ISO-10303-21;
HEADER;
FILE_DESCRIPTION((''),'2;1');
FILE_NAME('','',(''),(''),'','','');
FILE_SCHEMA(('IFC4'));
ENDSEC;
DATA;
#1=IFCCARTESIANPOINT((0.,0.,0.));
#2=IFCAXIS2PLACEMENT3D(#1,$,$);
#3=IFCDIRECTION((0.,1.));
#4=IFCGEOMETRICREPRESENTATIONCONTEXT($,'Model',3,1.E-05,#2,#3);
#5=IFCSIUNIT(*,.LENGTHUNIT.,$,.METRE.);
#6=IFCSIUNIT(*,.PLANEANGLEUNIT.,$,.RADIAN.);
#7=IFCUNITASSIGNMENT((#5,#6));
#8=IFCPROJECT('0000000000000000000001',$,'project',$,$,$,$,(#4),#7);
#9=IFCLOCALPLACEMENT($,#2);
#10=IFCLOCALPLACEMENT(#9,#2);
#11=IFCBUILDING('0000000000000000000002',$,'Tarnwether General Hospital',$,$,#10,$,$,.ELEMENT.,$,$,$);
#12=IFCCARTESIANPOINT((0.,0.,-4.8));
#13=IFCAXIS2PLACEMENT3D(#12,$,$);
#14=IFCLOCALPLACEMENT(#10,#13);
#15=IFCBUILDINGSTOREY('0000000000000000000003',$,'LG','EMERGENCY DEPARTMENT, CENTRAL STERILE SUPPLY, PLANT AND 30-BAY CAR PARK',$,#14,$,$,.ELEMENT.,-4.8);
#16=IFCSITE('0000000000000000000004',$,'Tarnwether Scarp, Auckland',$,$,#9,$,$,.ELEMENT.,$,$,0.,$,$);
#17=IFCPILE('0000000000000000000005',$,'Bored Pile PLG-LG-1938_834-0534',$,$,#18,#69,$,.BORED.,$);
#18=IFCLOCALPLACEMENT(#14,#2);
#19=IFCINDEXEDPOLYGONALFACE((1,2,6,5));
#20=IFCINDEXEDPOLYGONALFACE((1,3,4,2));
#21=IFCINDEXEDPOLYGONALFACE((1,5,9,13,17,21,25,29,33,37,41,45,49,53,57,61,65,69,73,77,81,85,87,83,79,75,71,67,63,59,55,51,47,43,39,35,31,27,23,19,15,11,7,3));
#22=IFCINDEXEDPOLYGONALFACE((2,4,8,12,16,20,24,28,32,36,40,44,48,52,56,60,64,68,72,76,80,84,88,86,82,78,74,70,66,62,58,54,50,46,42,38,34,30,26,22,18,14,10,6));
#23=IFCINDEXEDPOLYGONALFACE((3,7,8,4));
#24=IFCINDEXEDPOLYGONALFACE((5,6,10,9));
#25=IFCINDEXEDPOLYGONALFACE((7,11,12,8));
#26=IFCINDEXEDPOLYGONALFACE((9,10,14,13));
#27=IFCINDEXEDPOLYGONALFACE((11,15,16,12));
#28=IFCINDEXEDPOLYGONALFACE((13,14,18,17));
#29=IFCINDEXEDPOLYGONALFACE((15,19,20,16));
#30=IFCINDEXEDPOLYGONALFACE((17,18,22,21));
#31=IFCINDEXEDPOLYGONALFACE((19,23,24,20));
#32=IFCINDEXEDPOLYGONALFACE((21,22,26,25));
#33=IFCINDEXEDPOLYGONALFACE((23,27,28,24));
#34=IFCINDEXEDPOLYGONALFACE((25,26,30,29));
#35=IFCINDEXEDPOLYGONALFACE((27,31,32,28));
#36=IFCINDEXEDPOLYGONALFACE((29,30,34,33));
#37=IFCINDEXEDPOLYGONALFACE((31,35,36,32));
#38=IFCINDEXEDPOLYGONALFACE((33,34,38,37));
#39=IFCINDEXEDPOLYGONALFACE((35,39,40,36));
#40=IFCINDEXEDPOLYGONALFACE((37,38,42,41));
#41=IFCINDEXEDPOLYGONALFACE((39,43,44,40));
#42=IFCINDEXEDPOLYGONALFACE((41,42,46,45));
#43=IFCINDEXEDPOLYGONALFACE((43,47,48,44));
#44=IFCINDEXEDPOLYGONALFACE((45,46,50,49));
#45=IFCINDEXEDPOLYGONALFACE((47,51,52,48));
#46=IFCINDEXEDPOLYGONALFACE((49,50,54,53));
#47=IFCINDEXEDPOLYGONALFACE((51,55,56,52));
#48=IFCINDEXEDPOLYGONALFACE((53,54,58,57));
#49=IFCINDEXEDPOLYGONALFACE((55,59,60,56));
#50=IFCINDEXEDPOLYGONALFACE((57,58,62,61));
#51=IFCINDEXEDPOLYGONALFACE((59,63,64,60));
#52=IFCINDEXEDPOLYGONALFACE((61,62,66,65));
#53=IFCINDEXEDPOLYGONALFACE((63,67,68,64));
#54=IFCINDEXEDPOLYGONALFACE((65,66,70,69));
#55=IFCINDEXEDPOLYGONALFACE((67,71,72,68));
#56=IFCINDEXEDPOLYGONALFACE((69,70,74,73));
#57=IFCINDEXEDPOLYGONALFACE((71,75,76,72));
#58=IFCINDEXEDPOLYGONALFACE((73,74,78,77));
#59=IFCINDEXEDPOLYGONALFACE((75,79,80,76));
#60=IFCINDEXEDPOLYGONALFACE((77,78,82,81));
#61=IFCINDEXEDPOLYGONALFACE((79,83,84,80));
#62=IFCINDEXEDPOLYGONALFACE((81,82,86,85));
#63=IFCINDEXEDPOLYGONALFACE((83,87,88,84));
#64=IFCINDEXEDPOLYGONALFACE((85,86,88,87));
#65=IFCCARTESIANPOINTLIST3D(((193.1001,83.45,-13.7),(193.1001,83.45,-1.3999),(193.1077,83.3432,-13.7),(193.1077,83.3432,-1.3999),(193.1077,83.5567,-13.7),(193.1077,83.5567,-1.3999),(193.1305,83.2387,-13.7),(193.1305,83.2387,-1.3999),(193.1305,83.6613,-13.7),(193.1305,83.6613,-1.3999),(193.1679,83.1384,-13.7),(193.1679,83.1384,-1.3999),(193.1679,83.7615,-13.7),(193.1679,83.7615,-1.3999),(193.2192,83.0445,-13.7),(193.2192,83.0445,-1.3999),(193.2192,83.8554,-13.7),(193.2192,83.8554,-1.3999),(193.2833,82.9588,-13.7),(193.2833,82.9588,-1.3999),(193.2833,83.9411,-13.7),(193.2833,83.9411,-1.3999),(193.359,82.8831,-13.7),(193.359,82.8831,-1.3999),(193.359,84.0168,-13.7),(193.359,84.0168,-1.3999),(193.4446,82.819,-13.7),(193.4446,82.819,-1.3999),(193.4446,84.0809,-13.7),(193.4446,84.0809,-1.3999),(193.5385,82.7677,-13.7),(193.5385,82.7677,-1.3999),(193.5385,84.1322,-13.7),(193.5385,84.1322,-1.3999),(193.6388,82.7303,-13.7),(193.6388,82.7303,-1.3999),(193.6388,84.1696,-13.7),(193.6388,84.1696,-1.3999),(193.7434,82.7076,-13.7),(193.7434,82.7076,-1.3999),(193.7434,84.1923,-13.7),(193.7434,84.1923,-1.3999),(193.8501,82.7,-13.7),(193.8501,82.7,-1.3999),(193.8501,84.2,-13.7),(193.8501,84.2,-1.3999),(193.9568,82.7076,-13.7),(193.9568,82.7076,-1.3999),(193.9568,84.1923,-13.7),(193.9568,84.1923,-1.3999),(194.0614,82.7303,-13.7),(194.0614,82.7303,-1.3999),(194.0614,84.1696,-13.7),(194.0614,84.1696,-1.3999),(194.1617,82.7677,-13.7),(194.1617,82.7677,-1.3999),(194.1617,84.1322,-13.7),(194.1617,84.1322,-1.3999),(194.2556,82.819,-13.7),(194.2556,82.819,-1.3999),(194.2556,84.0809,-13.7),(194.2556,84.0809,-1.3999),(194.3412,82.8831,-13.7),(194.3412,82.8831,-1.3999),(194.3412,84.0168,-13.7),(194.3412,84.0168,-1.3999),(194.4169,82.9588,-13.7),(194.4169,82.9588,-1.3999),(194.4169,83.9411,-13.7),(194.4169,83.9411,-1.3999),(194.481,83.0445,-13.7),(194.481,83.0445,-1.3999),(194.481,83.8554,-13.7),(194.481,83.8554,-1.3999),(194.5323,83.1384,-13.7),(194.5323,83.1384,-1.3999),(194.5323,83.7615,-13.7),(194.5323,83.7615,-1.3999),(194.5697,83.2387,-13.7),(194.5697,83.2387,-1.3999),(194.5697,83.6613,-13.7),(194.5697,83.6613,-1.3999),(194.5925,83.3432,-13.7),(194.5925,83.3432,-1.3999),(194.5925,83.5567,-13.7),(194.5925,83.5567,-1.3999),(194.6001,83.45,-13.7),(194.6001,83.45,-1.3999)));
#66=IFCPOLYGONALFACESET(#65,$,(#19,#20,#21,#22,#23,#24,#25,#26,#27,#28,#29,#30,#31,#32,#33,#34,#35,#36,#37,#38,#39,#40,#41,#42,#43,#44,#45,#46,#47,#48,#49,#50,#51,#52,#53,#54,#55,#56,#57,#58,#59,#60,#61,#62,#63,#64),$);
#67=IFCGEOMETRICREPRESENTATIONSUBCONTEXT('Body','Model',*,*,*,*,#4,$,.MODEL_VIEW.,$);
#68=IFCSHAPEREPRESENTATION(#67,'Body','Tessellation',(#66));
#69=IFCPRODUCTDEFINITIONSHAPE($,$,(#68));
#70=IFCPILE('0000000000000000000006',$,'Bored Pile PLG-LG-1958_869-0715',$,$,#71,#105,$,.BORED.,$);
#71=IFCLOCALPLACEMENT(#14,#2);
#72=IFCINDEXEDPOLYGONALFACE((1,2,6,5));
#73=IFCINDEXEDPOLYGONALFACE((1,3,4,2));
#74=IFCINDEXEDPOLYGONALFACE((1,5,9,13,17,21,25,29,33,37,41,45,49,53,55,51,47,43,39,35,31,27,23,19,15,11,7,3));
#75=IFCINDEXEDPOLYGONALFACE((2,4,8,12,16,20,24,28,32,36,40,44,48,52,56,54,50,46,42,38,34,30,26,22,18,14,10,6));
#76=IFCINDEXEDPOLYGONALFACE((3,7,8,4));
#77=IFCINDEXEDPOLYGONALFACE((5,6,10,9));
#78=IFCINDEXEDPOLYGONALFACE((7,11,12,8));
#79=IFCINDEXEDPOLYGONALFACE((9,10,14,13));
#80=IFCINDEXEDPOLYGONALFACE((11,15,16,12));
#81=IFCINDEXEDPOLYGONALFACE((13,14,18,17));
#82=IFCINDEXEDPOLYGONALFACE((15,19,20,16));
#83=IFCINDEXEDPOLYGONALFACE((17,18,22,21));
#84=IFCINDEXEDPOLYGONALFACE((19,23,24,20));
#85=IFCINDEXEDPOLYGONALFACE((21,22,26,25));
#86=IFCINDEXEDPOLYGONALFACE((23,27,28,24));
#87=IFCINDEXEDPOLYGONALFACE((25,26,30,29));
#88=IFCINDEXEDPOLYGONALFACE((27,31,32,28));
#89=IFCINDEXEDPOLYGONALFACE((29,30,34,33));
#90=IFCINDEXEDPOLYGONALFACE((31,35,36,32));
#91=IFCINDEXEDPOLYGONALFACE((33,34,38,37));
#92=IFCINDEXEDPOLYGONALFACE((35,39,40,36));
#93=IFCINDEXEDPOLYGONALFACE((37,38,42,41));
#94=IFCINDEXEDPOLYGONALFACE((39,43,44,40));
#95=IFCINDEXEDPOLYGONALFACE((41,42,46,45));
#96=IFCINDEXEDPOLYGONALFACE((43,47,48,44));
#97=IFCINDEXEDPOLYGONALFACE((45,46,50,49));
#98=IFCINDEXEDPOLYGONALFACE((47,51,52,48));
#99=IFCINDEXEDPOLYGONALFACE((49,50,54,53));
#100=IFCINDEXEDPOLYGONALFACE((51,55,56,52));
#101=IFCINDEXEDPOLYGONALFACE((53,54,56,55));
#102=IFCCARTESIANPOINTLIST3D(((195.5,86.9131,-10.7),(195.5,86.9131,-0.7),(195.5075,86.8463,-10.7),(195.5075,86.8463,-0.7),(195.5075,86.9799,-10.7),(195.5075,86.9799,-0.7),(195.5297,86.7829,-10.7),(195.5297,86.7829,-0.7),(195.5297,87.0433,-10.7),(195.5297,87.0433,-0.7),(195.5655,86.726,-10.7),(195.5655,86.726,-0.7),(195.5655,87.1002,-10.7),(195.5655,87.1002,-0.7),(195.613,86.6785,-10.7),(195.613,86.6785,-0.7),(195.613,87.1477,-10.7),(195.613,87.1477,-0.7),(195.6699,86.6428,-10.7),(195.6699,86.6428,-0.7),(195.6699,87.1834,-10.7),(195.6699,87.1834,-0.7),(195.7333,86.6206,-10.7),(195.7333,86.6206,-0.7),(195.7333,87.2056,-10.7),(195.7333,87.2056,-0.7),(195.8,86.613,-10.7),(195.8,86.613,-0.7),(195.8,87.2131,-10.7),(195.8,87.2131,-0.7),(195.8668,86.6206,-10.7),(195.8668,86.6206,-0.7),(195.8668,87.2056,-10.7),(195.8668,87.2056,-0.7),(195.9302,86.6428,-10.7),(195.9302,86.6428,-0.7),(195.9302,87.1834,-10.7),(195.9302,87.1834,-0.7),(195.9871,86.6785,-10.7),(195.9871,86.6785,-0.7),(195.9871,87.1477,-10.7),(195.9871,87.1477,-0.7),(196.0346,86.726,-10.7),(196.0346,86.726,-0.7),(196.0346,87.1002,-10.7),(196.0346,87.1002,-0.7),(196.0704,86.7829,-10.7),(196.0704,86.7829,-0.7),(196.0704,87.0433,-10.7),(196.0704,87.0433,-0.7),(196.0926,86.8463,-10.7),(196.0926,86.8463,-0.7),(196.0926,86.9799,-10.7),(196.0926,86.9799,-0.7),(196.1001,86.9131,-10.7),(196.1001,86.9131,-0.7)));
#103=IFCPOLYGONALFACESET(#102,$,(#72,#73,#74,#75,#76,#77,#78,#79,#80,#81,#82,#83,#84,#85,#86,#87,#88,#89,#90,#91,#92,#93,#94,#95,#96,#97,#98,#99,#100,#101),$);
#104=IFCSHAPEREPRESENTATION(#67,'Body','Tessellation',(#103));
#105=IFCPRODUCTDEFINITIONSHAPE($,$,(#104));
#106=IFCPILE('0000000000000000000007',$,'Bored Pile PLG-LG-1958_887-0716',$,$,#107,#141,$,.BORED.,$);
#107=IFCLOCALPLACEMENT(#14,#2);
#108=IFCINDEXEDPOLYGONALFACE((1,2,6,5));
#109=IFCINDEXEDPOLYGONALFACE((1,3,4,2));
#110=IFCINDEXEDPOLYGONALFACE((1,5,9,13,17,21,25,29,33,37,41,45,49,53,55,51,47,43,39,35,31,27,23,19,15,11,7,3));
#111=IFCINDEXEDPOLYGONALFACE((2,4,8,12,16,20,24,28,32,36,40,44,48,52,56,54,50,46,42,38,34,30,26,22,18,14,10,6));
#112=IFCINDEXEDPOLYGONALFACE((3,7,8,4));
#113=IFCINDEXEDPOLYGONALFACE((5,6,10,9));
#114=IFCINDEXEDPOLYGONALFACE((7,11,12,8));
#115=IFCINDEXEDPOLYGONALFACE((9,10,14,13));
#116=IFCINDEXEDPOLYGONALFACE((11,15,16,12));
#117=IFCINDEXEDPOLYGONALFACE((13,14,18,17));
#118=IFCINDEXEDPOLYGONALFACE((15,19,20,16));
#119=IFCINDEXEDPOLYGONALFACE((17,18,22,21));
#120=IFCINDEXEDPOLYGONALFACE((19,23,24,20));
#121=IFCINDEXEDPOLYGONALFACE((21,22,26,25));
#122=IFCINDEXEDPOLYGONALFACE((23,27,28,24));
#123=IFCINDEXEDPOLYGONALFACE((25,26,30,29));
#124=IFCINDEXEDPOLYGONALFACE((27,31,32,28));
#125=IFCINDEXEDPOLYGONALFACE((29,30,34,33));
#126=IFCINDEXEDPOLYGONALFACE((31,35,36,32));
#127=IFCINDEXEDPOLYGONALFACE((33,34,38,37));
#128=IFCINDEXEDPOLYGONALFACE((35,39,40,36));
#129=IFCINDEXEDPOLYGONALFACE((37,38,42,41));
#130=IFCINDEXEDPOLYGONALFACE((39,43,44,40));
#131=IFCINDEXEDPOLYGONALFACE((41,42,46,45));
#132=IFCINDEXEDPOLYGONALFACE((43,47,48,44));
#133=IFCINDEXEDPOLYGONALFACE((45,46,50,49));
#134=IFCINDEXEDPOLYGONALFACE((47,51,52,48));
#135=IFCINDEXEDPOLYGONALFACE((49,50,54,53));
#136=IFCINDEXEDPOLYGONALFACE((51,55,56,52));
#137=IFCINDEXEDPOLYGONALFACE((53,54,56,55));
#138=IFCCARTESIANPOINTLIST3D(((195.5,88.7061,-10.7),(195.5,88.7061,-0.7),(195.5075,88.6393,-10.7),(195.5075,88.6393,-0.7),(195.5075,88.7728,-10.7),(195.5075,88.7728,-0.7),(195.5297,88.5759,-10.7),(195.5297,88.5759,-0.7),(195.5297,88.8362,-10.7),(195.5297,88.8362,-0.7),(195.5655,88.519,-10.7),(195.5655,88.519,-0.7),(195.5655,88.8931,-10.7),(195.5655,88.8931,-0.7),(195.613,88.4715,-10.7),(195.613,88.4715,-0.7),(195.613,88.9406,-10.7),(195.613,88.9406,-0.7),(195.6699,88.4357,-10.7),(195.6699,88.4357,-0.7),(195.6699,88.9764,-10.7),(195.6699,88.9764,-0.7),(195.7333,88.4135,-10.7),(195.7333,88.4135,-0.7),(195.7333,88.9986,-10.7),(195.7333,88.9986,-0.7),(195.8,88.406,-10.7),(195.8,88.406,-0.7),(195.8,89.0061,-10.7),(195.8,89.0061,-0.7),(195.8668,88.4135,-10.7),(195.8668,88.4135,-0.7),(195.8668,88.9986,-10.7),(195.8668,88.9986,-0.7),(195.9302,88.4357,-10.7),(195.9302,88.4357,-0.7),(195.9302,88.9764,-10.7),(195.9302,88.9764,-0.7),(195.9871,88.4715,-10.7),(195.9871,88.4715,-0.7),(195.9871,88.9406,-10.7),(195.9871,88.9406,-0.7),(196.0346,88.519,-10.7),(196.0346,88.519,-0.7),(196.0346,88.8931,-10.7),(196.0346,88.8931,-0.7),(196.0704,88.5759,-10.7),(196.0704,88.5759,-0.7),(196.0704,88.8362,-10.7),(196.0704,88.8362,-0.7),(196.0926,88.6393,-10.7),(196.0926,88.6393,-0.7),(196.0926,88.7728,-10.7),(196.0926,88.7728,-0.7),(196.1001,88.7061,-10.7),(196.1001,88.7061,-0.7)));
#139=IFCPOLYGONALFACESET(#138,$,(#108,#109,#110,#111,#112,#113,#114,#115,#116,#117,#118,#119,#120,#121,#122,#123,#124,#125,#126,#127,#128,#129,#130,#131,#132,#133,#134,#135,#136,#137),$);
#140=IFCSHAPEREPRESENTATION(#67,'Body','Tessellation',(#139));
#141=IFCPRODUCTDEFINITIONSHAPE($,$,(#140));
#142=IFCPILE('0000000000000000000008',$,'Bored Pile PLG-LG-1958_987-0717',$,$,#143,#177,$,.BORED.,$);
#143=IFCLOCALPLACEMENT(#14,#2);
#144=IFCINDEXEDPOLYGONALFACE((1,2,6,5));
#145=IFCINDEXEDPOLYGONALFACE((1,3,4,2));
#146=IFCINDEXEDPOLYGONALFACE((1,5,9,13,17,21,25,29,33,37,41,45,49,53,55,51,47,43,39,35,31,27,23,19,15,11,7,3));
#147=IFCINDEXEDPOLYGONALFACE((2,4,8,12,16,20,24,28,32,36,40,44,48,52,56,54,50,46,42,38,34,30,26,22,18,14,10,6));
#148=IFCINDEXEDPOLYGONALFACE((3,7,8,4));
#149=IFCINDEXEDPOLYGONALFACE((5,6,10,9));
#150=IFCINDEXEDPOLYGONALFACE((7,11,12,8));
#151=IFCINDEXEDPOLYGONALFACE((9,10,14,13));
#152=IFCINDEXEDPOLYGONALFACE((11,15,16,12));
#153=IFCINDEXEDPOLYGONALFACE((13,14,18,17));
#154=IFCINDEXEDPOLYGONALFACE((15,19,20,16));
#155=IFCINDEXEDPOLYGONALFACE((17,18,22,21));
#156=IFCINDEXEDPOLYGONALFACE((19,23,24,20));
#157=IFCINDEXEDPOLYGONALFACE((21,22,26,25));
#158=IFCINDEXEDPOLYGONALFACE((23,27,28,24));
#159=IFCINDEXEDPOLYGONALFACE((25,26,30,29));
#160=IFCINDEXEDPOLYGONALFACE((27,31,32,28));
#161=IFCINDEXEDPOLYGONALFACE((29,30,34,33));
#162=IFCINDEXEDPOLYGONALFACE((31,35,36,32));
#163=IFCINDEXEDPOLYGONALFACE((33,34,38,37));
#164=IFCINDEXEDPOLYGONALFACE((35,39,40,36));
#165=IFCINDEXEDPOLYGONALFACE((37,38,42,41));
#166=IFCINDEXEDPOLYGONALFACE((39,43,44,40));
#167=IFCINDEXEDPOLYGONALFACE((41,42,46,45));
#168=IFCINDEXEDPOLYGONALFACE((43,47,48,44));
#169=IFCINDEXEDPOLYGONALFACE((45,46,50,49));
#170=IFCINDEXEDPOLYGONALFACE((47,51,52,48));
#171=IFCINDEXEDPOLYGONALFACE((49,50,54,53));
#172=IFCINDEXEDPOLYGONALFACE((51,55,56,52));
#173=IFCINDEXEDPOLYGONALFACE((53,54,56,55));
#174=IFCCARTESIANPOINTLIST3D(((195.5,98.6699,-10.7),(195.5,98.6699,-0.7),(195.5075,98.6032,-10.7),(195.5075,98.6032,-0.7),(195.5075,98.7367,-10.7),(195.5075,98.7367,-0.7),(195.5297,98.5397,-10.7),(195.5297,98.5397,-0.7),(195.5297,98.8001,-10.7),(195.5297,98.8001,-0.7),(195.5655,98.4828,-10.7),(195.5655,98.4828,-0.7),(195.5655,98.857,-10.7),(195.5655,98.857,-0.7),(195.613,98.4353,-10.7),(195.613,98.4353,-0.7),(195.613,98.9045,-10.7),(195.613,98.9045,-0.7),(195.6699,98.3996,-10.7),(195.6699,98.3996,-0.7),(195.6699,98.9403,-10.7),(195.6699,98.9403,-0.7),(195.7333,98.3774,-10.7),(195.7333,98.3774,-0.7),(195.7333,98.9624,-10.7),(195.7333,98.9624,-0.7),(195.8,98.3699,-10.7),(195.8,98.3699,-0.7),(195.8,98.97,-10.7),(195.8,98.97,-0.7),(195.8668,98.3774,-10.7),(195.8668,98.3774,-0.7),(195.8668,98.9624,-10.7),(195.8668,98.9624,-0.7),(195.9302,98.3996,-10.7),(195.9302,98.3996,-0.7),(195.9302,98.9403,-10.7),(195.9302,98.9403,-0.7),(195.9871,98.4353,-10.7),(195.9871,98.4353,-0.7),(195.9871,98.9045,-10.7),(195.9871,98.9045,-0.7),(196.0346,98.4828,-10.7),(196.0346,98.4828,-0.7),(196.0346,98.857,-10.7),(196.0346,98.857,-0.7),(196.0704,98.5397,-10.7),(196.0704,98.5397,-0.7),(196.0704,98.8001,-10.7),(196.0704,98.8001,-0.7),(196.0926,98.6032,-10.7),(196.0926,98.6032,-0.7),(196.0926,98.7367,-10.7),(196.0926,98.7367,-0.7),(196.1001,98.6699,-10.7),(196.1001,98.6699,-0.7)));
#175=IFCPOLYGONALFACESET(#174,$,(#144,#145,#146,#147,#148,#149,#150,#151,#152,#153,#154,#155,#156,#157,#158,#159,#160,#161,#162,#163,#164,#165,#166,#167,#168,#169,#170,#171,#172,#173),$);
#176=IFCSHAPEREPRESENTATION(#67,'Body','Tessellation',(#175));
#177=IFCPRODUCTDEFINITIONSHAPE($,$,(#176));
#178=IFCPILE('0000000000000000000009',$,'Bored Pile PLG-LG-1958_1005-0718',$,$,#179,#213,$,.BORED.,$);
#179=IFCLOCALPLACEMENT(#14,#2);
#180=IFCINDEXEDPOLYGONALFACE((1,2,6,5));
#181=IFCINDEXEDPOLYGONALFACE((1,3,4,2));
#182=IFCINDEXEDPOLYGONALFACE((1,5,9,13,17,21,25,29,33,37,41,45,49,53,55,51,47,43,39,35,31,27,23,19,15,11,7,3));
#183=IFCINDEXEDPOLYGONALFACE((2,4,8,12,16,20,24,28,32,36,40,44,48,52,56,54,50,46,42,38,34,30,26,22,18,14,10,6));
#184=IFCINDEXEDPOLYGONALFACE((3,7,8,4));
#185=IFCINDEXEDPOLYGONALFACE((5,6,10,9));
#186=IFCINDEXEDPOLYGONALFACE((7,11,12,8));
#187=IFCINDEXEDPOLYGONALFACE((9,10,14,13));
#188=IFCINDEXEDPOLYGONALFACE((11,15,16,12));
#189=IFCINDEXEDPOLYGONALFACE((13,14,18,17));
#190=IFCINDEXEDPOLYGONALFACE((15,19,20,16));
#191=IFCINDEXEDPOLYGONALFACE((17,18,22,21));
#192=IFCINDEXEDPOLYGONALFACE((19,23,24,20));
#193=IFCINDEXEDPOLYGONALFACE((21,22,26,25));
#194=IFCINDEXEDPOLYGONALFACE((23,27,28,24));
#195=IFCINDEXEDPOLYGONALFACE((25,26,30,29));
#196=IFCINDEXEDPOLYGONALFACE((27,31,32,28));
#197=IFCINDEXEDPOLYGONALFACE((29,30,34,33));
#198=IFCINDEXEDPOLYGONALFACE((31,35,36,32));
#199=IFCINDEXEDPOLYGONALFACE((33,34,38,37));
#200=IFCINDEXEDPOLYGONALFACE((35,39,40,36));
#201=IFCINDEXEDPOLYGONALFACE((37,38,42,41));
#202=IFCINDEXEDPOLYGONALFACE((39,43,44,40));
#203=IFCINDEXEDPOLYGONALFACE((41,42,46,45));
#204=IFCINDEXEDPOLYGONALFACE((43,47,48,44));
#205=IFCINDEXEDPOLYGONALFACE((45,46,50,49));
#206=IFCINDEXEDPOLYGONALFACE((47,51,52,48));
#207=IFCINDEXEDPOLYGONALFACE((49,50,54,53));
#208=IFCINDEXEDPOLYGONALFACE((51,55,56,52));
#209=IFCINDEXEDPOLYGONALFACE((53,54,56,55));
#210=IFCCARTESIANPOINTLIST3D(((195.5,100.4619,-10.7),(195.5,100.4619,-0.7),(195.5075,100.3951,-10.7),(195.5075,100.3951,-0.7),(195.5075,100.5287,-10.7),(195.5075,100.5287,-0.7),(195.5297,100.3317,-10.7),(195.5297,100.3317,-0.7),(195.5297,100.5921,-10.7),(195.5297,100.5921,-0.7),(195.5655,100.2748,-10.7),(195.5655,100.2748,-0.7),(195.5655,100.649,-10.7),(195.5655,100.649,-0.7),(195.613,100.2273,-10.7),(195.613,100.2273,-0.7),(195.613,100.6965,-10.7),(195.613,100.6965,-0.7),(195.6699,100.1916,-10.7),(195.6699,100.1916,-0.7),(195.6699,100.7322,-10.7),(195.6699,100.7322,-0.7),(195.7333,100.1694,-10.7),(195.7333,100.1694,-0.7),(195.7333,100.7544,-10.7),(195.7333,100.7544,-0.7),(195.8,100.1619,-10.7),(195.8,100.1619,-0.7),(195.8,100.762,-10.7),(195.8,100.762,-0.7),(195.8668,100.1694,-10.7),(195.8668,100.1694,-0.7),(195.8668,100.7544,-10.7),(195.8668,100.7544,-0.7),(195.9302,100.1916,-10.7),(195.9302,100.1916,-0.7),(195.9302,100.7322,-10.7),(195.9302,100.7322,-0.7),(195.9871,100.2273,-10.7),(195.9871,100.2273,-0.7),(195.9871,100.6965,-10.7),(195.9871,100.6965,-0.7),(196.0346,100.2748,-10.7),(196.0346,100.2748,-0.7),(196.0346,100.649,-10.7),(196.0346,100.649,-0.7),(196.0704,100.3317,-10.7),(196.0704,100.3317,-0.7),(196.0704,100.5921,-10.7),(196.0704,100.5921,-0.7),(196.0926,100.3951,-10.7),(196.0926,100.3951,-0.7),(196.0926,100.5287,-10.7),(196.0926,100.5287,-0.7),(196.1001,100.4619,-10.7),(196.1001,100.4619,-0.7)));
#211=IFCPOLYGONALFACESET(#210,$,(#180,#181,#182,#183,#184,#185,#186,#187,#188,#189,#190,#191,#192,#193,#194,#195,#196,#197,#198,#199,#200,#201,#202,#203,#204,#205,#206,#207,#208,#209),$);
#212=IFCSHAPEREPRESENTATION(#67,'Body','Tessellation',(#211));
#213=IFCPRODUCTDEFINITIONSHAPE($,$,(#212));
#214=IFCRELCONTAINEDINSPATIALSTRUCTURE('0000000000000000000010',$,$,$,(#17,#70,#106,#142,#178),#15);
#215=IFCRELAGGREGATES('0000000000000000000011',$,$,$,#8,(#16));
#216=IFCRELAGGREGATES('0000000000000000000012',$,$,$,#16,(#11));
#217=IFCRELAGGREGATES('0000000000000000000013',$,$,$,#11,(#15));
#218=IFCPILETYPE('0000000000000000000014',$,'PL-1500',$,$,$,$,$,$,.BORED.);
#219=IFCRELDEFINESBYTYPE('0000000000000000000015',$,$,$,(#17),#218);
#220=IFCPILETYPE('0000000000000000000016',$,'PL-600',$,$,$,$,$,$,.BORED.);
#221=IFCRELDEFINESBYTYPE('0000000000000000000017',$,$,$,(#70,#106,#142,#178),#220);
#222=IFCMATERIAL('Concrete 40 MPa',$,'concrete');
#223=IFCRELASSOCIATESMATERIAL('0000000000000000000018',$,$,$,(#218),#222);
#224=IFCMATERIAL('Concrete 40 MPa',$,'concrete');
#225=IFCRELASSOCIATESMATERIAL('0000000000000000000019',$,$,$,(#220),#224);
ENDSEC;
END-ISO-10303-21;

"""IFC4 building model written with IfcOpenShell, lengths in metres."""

from ifc_helpers import new_model, si_unit, direction, frame, origin, origin_2d, place, context, subcontext, project, spatial, circle, extrude, material, material_profile, profile_set, type_object, element, save


model = new_model("IFC4")

# Units and contexts
model_context = context("Model", 3, precision=1e-05, world=origin(), true_north=direction((0.0, 1.0)))
body_context = subcontext(model_context, "Body", "Model", "MODEL_VIEW")
ifc_project = project(units=[si_unit("LENGTHUNIT", "METRE"), si_unit("PLANEANGLEUNIT", "RADIAN")], contexts=[model_context])

# Site, building, storey
site_placement = place(None, origin())
site = spatial("IfcSite", under=ifc_project, at=site_placement, Name="Tarnwether Scarp, Auckland", CompositionType="ELEMENT", RefElevation=0.0)
building_placement = place(site_placement, origin())
building = spatial("IfcBuilding", under=site, at=building_placement, Name="Tarnwether General Hospital", CompositionType="ELEMENT")
storey_placement = place(building_placement, frame((0.0, 0.0, -4.8)))
storey = spatial("IfcBuildingStorey", under=building, at=storey_placement, Name="LG", Description="EMERGENCY DEPARTMENT, CENTRAL STERILE SUPPLY, PLANT AND 30-BAY CAR PARK", CompositionType="ELEMENT", Elevation=-4.8)

# Piles
ifc_material_1 = material(Name="Concrete 40 MPa", Category="concrete")
ifc_material_profile_1 = material_profile(ifc_material_1, circle(Radius=0.75, at=origin_2d()), Name="PILE-D1500")
ifc_profile_set_1 = profile_set([ifc_material_profile_1], Name="Concrete 40 MPa")
pile_type_1 = type_object("IfcPileType", Name="PL-1500", PredefinedType="BORED", material=ifc_profile_set_1)
for number, where, z_axis, x_axis, name in (
    (1, (193.8501, 83.45, -1.3999), (0.0, 0.0, -1.0), (1.0, 0.0, 0.0), "Bored Pile PLG-LG-1938_834-0534"),
):
    element("IfcPile", number, at=place(storey_placement, frame(where, z_axis=z_axis, x_axis=x_axis)), inside=storey, type_object=pile_type_1, Name=name, PredefinedType="BORED", context=body_context, shape_type="SweptSolid", body=[
        extrude(circle(Radius=0.75, at=origin_2d()), origin(), (0.0, 0.0, 1.0), 12.3),
    ])
ifc_material_2 = material(Name="Concrete 40 MPa", Category="concrete")
ifc_material_profile_2 = material_profile(ifc_material_2, circle(Radius=0.3, at=origin_2d()), Name="PILE-D600")
ifc_profile_set_2 = profile_set([ifc_material_profile_2], Name="Concrete 40 MPa")
pile_type_2 = type_object("IfcPileType", Name="PL-600", PredefinedType="BORED", material=ifc_profile_set_2)
for number, where, z_axis, x_axis, name in (
    (2, (195.8, 86.9131, -0.7), (0.0, 0.0, -1.0), (1.0, 0.0, 0.0), "Bored Pile PLG-LG-1958_869-0715"),
    (3, (195.8, 88.7061, -0.7), (0.0, 0.0, -1.0), (1.0, 0.0, 0.0), "Bored Pile PLG-LG-1958_887-0716"),
    (4, (195.8, 98.6699, -0.7), (0.0, 0.0, -1.0), (1.0, 0.0, 0.0), "Bored Pile PLG-LG-1958_987-0717"),
    (5, (195.8, 100.4619, -0.7), (0.0, 0.0, -1.0), (1.0, 0.0, 0.0), "Bored Pile PLG-LG-1958_1005-0718"),
):
    element("IfcPile", number, at=place(storey_placement, frame(where, z_axis=z_axis, x_axis=x_axis)), inside=storey, type_object=pile_type_2, Name=name, PredefinedType="BORED", context=body_context, shape_type="SweptSolid", body=[
        extrude(circle(Radius=0.3, at=origin_2d()), origin(), (0.0, 0.0, 1.0), 10.0),
    ])

save(model, "model.ifc")
